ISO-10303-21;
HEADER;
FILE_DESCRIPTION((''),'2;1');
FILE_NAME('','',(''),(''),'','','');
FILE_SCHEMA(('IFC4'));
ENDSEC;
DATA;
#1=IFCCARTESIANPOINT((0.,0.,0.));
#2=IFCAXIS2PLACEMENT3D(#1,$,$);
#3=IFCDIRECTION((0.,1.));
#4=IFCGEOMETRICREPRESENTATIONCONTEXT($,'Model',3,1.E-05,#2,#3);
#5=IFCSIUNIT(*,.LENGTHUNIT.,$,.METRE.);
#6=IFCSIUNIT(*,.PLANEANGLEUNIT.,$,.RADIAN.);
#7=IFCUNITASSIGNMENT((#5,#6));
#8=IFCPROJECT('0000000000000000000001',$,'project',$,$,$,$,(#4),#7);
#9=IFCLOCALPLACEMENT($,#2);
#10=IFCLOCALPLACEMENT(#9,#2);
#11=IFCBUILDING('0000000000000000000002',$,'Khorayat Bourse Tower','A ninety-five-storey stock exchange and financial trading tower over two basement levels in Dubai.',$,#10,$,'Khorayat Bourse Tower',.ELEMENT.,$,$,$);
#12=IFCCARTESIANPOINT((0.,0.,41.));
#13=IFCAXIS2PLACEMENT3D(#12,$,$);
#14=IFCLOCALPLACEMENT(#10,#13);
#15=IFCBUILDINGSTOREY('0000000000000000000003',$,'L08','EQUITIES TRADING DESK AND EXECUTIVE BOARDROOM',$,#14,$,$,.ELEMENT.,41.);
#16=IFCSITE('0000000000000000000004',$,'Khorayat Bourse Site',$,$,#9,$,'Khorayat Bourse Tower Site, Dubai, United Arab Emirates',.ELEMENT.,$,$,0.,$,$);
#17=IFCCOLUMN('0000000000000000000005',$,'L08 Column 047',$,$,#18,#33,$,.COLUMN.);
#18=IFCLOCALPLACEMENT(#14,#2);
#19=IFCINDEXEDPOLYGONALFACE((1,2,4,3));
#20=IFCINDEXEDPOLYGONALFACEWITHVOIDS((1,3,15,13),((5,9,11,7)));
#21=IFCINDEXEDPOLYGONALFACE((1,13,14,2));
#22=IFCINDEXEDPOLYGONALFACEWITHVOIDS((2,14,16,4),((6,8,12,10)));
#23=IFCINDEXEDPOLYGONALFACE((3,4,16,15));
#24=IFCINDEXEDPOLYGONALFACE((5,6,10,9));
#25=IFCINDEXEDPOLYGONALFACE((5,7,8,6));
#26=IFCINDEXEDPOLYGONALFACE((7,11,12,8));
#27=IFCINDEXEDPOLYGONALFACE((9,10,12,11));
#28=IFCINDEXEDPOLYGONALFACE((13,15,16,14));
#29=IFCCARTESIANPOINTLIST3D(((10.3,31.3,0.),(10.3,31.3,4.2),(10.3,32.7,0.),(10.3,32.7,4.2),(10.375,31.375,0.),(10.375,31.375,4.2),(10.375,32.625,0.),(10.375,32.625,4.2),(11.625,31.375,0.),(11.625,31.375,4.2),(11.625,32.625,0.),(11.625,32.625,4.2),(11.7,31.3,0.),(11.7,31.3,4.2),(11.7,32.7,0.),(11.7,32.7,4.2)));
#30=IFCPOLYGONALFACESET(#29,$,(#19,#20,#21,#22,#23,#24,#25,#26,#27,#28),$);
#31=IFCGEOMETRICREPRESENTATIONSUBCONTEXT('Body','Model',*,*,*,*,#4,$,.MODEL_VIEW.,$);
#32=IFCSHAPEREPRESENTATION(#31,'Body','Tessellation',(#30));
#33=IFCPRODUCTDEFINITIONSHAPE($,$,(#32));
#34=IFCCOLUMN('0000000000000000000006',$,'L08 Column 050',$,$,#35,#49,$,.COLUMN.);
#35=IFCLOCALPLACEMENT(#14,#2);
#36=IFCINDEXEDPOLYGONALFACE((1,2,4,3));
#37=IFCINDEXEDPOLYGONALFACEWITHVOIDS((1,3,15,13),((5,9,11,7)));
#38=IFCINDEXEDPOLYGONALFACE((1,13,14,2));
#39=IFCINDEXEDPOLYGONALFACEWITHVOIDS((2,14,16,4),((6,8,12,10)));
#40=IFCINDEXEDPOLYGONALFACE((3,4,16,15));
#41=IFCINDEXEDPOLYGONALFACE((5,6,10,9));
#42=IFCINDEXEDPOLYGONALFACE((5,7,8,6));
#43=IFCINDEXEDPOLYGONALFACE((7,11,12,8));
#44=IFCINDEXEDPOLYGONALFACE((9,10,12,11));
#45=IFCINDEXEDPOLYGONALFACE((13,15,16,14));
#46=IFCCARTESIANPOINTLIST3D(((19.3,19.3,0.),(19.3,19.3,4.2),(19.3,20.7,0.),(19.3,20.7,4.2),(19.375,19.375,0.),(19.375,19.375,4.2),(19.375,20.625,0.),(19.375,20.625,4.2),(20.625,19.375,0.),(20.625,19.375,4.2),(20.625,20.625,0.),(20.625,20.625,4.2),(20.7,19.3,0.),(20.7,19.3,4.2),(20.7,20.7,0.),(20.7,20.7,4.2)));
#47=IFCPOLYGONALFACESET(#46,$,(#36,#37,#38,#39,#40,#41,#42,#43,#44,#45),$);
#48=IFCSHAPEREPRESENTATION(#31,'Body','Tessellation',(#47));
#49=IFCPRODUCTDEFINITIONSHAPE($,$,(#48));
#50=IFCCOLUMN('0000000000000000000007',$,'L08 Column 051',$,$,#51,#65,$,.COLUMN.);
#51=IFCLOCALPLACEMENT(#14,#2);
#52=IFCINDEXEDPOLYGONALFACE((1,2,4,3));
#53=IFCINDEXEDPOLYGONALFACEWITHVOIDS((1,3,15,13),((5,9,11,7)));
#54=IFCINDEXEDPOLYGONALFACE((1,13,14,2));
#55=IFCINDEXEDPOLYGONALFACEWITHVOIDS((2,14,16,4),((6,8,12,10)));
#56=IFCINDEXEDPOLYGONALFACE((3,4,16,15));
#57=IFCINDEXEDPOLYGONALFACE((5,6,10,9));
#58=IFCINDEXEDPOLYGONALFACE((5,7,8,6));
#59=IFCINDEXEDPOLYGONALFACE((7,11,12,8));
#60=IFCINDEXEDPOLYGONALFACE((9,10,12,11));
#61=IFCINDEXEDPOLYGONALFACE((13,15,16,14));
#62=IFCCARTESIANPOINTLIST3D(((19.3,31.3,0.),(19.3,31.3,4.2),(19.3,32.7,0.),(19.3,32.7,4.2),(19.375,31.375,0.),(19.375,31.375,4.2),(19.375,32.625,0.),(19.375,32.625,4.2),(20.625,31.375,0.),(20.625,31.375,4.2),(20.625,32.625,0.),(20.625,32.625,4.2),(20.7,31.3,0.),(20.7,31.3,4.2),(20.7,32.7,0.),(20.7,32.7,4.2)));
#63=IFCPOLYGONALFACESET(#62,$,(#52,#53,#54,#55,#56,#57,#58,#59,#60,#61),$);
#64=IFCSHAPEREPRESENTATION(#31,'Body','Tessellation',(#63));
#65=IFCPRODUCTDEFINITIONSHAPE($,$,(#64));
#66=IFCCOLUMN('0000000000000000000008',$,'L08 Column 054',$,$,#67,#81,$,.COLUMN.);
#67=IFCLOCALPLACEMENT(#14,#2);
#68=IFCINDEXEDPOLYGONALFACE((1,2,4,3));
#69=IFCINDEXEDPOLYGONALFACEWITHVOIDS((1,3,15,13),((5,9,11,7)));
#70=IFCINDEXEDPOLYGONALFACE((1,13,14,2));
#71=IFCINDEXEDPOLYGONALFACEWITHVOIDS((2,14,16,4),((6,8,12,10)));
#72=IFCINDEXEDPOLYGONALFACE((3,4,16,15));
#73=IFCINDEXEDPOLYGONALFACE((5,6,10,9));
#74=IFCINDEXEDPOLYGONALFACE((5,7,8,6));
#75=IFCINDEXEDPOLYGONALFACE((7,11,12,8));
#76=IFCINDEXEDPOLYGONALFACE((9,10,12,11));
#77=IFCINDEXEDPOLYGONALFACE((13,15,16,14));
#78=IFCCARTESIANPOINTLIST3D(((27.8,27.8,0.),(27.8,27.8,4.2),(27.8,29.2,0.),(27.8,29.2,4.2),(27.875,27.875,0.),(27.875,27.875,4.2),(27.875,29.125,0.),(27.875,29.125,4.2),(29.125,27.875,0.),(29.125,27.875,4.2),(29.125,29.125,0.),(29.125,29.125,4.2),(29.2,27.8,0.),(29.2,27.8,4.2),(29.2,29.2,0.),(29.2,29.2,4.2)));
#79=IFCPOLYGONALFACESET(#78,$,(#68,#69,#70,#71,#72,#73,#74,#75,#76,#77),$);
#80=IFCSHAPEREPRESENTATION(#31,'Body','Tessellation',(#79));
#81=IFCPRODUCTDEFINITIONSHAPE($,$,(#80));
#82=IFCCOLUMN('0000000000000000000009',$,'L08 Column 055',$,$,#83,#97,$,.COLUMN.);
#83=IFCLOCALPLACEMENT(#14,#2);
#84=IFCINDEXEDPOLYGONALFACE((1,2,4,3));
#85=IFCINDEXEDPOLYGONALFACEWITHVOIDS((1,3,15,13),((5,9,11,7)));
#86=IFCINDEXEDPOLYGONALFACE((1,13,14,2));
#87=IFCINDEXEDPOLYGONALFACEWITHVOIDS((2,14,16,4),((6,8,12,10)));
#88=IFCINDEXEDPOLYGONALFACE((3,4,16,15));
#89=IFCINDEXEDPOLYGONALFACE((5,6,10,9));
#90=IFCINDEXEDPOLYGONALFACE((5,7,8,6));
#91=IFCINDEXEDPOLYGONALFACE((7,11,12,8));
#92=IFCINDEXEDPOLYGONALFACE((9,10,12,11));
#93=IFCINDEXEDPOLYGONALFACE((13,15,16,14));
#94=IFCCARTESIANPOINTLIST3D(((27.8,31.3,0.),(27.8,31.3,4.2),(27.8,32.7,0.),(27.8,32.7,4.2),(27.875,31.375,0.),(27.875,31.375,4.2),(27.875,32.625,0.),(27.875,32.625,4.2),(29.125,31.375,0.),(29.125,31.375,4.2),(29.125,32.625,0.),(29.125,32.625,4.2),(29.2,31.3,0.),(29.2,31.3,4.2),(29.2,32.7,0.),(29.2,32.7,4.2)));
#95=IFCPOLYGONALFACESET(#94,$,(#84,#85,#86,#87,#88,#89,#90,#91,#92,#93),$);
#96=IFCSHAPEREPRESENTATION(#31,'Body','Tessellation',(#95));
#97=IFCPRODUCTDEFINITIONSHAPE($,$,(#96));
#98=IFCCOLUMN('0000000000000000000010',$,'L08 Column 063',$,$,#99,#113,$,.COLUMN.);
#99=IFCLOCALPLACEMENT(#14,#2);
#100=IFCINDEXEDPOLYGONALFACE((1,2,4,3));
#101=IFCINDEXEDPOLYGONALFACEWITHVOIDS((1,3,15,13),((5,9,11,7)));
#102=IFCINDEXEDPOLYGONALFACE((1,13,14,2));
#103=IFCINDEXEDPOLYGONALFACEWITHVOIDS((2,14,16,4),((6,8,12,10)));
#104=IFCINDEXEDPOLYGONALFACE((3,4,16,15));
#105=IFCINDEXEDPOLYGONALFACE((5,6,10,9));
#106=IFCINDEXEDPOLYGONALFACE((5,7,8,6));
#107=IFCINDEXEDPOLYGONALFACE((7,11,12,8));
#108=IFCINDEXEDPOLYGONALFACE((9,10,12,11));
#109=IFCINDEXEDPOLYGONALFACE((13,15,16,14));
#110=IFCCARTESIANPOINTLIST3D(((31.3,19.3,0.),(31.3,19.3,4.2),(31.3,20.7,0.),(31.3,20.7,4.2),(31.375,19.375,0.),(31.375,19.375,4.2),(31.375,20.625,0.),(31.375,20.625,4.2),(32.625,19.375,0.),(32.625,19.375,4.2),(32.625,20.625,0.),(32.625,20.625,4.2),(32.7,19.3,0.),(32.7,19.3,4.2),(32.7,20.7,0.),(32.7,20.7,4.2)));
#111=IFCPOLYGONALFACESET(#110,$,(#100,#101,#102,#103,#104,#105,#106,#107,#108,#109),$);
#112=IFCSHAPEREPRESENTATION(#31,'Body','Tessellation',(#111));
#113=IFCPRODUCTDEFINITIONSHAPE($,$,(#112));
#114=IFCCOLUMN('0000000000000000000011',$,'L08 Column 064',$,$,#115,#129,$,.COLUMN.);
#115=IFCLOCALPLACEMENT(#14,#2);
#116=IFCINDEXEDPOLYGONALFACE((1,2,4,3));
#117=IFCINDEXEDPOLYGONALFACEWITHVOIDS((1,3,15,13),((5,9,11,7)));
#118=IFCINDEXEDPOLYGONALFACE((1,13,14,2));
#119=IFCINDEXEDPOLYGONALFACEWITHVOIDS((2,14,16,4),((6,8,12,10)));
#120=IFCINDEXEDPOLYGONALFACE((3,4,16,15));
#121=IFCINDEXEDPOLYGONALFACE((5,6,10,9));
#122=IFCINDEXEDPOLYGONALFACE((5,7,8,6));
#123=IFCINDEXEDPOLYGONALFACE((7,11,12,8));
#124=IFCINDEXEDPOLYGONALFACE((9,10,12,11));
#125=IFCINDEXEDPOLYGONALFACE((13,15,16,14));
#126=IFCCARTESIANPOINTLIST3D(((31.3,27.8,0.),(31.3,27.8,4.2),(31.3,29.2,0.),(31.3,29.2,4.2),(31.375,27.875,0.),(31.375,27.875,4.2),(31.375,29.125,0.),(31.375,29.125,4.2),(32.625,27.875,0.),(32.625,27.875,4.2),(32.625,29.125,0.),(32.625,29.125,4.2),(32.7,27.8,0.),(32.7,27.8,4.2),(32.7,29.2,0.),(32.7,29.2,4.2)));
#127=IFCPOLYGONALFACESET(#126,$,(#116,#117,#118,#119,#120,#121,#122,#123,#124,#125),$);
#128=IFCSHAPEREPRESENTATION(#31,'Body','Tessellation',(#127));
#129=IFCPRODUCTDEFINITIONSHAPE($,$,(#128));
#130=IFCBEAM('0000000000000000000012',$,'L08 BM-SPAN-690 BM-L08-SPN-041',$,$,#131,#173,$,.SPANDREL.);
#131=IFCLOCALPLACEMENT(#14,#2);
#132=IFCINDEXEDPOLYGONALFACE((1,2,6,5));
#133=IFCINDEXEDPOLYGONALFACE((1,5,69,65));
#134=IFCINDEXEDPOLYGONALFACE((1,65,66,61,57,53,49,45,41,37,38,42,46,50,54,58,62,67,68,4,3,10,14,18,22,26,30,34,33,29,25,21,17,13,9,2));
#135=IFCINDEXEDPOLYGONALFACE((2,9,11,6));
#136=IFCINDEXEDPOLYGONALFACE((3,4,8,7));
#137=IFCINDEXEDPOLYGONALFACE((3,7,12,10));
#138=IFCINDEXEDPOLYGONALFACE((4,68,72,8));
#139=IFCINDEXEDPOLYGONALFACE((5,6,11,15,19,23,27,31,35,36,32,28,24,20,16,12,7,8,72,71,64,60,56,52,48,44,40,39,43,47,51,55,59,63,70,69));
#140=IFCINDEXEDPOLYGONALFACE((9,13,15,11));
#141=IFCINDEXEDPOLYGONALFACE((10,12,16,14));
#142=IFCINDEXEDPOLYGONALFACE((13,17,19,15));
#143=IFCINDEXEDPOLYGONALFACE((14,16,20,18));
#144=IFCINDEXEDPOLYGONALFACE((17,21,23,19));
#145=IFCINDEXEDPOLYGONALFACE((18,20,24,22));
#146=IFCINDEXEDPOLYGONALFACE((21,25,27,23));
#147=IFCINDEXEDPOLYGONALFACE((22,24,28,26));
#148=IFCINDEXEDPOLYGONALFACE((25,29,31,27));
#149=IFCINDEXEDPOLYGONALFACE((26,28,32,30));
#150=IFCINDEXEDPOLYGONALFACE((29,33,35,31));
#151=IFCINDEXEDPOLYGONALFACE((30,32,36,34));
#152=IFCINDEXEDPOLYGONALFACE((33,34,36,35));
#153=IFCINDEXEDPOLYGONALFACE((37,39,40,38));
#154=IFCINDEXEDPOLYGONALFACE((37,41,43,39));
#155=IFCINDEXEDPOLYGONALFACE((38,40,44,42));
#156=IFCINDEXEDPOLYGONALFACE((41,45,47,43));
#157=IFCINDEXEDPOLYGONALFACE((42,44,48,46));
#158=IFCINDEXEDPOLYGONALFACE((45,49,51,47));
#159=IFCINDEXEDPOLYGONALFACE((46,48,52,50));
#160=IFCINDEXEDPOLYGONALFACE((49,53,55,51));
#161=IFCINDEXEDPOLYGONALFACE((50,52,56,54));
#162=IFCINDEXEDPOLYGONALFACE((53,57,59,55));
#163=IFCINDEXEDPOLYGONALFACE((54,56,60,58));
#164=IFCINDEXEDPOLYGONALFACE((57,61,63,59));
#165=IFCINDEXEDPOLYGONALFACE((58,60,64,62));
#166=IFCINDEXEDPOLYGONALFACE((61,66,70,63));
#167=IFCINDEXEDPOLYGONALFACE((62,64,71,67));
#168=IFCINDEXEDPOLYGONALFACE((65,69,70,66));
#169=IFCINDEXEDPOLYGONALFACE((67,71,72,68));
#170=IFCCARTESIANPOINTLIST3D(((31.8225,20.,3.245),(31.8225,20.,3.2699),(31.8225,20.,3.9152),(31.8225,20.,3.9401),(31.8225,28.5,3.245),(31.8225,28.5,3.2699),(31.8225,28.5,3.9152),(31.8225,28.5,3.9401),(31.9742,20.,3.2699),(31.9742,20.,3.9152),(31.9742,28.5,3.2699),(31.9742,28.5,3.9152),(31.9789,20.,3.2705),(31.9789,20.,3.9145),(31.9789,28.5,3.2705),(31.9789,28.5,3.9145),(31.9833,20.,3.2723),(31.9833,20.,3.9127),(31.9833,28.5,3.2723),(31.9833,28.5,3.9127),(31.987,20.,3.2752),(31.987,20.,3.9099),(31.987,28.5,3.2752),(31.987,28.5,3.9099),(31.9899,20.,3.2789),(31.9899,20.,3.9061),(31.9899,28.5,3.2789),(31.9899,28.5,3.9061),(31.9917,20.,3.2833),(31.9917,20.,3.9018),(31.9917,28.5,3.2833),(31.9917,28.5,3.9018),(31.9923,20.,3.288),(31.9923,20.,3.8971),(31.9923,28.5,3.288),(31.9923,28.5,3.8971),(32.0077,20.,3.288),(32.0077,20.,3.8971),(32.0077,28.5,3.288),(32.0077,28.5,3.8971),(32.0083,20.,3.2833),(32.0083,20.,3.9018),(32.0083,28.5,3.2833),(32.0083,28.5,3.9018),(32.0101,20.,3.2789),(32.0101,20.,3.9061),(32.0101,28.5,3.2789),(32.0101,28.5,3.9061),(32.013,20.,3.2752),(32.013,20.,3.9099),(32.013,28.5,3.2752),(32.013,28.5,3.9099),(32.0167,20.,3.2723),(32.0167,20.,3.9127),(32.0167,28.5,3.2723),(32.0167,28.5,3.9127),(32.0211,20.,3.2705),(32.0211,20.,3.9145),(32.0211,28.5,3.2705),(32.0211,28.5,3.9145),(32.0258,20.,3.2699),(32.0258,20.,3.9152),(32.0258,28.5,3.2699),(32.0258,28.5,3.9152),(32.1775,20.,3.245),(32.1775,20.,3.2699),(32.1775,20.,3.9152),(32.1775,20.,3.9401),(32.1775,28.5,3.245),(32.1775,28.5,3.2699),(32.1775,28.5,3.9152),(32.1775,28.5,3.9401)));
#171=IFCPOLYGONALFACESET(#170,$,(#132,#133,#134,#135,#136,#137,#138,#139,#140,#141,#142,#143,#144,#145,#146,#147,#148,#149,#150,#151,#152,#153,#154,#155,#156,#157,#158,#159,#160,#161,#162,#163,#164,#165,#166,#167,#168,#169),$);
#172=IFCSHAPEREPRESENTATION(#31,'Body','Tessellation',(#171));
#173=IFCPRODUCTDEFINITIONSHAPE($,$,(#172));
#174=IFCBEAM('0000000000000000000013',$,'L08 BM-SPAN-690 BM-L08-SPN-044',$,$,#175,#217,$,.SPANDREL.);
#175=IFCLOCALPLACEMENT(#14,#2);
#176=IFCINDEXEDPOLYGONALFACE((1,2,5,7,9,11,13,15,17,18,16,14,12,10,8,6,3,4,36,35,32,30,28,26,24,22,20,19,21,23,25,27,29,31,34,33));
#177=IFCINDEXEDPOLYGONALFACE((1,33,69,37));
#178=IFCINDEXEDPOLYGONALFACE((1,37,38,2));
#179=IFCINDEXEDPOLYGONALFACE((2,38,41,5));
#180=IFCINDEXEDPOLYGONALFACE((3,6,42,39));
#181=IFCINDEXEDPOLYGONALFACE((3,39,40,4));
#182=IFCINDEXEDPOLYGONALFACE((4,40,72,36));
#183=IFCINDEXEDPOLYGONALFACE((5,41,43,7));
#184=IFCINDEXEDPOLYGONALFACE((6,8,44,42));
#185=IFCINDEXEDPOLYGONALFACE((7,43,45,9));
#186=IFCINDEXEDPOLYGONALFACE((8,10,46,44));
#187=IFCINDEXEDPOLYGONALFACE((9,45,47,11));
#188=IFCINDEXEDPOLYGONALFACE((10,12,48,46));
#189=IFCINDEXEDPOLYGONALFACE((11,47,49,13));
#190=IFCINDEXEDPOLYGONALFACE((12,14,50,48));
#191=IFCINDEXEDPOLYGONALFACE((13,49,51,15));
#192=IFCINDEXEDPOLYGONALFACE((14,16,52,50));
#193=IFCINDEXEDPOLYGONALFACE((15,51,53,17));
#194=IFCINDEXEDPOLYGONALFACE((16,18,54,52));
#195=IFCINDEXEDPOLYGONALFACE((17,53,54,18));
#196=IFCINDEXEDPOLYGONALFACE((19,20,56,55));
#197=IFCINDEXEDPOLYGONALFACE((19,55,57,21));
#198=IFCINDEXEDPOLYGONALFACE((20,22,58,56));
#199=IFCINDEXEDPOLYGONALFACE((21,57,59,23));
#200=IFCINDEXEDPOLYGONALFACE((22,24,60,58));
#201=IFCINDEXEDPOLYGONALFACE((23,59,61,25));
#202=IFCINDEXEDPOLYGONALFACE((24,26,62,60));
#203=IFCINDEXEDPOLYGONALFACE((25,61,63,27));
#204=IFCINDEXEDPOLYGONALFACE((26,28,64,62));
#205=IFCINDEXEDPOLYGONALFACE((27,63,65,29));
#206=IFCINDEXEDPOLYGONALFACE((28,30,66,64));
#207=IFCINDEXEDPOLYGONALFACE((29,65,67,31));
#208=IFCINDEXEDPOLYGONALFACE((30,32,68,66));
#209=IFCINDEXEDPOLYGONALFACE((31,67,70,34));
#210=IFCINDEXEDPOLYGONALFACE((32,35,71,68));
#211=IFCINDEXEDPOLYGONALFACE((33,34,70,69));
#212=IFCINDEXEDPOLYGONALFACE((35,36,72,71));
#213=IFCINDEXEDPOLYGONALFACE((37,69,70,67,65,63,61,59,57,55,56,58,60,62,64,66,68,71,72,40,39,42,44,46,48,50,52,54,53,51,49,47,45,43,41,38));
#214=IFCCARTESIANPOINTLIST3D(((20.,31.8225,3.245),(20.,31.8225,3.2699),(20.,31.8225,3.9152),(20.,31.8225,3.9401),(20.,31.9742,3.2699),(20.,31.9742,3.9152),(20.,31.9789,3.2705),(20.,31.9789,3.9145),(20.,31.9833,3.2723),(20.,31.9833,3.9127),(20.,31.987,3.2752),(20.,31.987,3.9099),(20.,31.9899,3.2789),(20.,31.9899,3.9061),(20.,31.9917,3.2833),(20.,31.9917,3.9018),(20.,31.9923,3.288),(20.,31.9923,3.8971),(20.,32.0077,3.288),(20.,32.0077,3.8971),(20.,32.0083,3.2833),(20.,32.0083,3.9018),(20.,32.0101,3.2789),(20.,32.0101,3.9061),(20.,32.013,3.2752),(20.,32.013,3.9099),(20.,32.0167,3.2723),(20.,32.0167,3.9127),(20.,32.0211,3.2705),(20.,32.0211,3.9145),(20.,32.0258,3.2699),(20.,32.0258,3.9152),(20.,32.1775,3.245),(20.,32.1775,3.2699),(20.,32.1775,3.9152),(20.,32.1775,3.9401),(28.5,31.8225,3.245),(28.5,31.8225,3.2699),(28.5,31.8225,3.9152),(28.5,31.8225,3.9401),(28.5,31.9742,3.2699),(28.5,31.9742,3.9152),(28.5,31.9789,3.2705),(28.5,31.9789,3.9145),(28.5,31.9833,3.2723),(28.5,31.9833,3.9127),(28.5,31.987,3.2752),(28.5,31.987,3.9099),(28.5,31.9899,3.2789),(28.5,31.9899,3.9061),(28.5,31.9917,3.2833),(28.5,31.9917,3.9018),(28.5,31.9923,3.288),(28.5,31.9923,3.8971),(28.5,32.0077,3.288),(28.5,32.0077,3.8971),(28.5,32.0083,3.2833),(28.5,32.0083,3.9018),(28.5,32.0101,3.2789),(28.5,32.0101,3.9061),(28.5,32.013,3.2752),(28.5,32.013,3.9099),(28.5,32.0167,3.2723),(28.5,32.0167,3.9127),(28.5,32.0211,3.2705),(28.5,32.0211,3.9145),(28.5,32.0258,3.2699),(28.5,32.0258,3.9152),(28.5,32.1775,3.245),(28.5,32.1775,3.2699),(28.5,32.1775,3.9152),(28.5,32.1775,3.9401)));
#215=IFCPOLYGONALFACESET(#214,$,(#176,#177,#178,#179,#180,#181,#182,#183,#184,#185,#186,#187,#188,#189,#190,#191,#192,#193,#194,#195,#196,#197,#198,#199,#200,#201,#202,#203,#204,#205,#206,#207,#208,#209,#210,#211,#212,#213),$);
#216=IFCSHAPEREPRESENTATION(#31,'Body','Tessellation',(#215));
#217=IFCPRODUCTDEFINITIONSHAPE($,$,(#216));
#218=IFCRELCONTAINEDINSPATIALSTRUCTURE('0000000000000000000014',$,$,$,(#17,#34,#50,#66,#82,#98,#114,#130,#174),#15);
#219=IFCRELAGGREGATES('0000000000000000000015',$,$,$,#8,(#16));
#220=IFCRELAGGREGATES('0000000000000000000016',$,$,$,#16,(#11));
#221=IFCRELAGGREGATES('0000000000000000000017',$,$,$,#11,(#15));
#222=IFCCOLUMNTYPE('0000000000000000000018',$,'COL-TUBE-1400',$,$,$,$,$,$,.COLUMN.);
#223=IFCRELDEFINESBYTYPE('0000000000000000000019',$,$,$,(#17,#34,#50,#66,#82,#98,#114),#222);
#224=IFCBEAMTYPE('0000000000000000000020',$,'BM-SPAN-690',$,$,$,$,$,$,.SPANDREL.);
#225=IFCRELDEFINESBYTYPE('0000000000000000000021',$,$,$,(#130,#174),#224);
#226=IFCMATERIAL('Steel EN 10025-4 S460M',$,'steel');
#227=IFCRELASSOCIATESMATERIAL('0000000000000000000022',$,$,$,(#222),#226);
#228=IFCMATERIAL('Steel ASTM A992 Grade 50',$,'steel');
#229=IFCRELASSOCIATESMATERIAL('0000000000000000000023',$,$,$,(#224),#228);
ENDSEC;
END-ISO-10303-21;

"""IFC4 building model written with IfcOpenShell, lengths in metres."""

from ifc_helpers import new_model, si_unit, direction, frame, origin, origin_2d, place, context, subcontext, project, spatial, hollow_rectangle, i_section, extrude, source, transform, mapped, material, material_profile, profile_set, type_object, element, save


model = new_model("IFC4")

# Units and contexts
model_context = context("Model", 3, precision=1e-05, world=origin(), true_north=direction((0.0, 1.0)))
body_context = subcontext(model_context, "Body", "Model", "MODEL_VIEW")
ifc_project = project(units=[si_unit("LENGTHUNIT", "METRE"), si_unit("PLANEANGLEUNIT", "RADIAN")], contexts=[model_context])

# Site, building, storey
site_placement = place(None, origin())
site = spatial("IfcSite", under=ifc_project, at=site_placement, Name="Khorayat Bourse Site", LongName="Khorayat Bourse Tower Site, Dubai, United Arab Emirates", CompositionType="ELEMENT", RefElevation=0.0)
building_placement = place(site_placement, origin())
building = spatial("IfcBuilding", under=site, at=building_placement, Name="Khorayat Bourse Tower", Description="A ninety-five-storey stock exchange and financial trading tower over two basement levels in Dubai.", LongName="Khorayat Bourse Tower", CompositionType="ELEMENT")
storey_placement = place(building_placement, frame((0.0, 0.0, 41.0)))
storey = spatial("IfcBuildingStorey", under=building, at=storey_placement, Name="L08", Description="EQUITIES TRADING DESK AND EXECUTIVE BOARDROOM", CompositionType="ELEMENT", Elevation=41.0)

# Columns
ifc_material_1 = material(Name="Steel EN 10025-4 S460M", Category="steel")
ifc_material_profile_1 = material_profile(ifc_material_1, hollow_rectangle(XDim=1.3999, YDim=1.3999, WallThickness=0.075, at=origin_2d()), Name="BOX 1400x1400x75")
ifc_profile_set_1 = profile_set([ifc_material_profile_1], Name="Steel EN 10025-4 S460M")
column_type = type_object("IfcColumnType", Name="COL-TUBE-1400", PredefinedType="COLUMN", material=ifc_profile_set_1)
shared_shape_1 = source(origin(), body_context, "Body", "SweptSolid", [
    extrude(hollow_rectangle(XDim=1.3999, YDim=1.3999, WallThickness=0.075, at=origin_2d()), origin(), (0.0, 0.0, 1.0), 4.2),
])
for number, where, z_axis, x_axis, name in (
    (1, (11.0, 32.0, 0.0), (0.0, 0.0, 1.0), (1.0, 0.0, 0.0), "L08 Column 047"),
    (2, (20.0, 20.0, 0.0), (0.0, 0.0, 1.0), (1.0, 0.0, 0.0), "L08 Column 050"),
    (3, (20.0, 32.0, 0.0), (0.0, 0.0, 1.0), (1.0, 0.0, 0.0), "L08 Column 051"),
    (4, (28.5, 28.5, 0.0), (0.0, 0.0, 1.0), (1.0, 0.0, 0.0), "L08 Column 054"),
    (5, (28.5, 32.0, 0.0), (0.0, 0.0, 1.0), (1.0, 0.0, 0.0), "L08 Column 055"),
    (6, (32.0, 20.0, 0.0), (0.0, 0.0, 1.0), (1.0, 0.0, 0.0), "L08 Column 063"),
    (7, (32.0, 28.5, 0.0), (0.0, 0.0, 1.0), (1.0, 0.0, 0.0), "L08 Column 064"),
):
    element("IfcColumn", number, at=place(storey_placement, frame(where, z_axis=z_axis, x_axis=x_axis)), inside=storey, type_object=column_type, Name=name, PredefinedType="COLUMN", context=body_context, shape_type="MappedRepresentation", body=[
        mapped(shared_shape_1, transform((0.0, 0.0, 0.0), scale=1.0)),
    ])

# Beams
ifc_material_2 = material(Name="Steel ASTM A992 Grade 50", Category="steel")
ifc_material_profile_2 = material_profile(ifc_material_2, i_section(OverallWidth=0.355, OverallDepth=0.6951, WebThickness=0.0154, FlangeThickness=0.0249, FilletRadius=0.0181, at=origin_2d()), Name="W690X217")
ifc_profile_set_2 = profile_set([ifc_material_profile_2], Name="Steel ASTM A992 Grade 50")
beam_type_1 = type_object("IfcBeamType", Name="BM-SPAN-690", PredefinedType="SPANDREL", material=ifc_profile_set_2)
shared_shape_2 = source(origin(), body_context, "Body", "SweptSolid", [
    extrude(i_section(OverallWidth=0.355, OverallDepth=0.6951, WebThickness=0.0154, FlangeThickness=0.0249, FilletRadius=0.0181, at=origin_2d()), origin(), (0.0, 0.0, 1.0), 8.5),
])
for number, where, z_axis, x_axis, name in (
    (8, (32.0, 20.0, 3.5925), (0.0, 1.0, 0.0), (-1.0, 0.0, 0.0), "L08 BM-SPAN-690 BM-L08-SPN-041"),
    (9, (20.0, 32.0, 3.5925), (1.0, 0.0, 0.0), (0.0, 1.0, 0.0), "L08 BM-SPAN-690 BM-L08-SPN-044"),
):
    element("IfcBeam", number, at=place(storey_placement, frame(where, z_axis=z_axis, x_axis=x_axis)), inside=storey, type_object=beam_type_1, Name=name, PredefinedType="SPANDREL", context=body_context, shape_type="MappedRepresentation", body=[
        mapped(shared_shape_2, transform((0.0, 0.0, 0.0), scale=1.0)),
    ])

save(model, "model.ifc")
